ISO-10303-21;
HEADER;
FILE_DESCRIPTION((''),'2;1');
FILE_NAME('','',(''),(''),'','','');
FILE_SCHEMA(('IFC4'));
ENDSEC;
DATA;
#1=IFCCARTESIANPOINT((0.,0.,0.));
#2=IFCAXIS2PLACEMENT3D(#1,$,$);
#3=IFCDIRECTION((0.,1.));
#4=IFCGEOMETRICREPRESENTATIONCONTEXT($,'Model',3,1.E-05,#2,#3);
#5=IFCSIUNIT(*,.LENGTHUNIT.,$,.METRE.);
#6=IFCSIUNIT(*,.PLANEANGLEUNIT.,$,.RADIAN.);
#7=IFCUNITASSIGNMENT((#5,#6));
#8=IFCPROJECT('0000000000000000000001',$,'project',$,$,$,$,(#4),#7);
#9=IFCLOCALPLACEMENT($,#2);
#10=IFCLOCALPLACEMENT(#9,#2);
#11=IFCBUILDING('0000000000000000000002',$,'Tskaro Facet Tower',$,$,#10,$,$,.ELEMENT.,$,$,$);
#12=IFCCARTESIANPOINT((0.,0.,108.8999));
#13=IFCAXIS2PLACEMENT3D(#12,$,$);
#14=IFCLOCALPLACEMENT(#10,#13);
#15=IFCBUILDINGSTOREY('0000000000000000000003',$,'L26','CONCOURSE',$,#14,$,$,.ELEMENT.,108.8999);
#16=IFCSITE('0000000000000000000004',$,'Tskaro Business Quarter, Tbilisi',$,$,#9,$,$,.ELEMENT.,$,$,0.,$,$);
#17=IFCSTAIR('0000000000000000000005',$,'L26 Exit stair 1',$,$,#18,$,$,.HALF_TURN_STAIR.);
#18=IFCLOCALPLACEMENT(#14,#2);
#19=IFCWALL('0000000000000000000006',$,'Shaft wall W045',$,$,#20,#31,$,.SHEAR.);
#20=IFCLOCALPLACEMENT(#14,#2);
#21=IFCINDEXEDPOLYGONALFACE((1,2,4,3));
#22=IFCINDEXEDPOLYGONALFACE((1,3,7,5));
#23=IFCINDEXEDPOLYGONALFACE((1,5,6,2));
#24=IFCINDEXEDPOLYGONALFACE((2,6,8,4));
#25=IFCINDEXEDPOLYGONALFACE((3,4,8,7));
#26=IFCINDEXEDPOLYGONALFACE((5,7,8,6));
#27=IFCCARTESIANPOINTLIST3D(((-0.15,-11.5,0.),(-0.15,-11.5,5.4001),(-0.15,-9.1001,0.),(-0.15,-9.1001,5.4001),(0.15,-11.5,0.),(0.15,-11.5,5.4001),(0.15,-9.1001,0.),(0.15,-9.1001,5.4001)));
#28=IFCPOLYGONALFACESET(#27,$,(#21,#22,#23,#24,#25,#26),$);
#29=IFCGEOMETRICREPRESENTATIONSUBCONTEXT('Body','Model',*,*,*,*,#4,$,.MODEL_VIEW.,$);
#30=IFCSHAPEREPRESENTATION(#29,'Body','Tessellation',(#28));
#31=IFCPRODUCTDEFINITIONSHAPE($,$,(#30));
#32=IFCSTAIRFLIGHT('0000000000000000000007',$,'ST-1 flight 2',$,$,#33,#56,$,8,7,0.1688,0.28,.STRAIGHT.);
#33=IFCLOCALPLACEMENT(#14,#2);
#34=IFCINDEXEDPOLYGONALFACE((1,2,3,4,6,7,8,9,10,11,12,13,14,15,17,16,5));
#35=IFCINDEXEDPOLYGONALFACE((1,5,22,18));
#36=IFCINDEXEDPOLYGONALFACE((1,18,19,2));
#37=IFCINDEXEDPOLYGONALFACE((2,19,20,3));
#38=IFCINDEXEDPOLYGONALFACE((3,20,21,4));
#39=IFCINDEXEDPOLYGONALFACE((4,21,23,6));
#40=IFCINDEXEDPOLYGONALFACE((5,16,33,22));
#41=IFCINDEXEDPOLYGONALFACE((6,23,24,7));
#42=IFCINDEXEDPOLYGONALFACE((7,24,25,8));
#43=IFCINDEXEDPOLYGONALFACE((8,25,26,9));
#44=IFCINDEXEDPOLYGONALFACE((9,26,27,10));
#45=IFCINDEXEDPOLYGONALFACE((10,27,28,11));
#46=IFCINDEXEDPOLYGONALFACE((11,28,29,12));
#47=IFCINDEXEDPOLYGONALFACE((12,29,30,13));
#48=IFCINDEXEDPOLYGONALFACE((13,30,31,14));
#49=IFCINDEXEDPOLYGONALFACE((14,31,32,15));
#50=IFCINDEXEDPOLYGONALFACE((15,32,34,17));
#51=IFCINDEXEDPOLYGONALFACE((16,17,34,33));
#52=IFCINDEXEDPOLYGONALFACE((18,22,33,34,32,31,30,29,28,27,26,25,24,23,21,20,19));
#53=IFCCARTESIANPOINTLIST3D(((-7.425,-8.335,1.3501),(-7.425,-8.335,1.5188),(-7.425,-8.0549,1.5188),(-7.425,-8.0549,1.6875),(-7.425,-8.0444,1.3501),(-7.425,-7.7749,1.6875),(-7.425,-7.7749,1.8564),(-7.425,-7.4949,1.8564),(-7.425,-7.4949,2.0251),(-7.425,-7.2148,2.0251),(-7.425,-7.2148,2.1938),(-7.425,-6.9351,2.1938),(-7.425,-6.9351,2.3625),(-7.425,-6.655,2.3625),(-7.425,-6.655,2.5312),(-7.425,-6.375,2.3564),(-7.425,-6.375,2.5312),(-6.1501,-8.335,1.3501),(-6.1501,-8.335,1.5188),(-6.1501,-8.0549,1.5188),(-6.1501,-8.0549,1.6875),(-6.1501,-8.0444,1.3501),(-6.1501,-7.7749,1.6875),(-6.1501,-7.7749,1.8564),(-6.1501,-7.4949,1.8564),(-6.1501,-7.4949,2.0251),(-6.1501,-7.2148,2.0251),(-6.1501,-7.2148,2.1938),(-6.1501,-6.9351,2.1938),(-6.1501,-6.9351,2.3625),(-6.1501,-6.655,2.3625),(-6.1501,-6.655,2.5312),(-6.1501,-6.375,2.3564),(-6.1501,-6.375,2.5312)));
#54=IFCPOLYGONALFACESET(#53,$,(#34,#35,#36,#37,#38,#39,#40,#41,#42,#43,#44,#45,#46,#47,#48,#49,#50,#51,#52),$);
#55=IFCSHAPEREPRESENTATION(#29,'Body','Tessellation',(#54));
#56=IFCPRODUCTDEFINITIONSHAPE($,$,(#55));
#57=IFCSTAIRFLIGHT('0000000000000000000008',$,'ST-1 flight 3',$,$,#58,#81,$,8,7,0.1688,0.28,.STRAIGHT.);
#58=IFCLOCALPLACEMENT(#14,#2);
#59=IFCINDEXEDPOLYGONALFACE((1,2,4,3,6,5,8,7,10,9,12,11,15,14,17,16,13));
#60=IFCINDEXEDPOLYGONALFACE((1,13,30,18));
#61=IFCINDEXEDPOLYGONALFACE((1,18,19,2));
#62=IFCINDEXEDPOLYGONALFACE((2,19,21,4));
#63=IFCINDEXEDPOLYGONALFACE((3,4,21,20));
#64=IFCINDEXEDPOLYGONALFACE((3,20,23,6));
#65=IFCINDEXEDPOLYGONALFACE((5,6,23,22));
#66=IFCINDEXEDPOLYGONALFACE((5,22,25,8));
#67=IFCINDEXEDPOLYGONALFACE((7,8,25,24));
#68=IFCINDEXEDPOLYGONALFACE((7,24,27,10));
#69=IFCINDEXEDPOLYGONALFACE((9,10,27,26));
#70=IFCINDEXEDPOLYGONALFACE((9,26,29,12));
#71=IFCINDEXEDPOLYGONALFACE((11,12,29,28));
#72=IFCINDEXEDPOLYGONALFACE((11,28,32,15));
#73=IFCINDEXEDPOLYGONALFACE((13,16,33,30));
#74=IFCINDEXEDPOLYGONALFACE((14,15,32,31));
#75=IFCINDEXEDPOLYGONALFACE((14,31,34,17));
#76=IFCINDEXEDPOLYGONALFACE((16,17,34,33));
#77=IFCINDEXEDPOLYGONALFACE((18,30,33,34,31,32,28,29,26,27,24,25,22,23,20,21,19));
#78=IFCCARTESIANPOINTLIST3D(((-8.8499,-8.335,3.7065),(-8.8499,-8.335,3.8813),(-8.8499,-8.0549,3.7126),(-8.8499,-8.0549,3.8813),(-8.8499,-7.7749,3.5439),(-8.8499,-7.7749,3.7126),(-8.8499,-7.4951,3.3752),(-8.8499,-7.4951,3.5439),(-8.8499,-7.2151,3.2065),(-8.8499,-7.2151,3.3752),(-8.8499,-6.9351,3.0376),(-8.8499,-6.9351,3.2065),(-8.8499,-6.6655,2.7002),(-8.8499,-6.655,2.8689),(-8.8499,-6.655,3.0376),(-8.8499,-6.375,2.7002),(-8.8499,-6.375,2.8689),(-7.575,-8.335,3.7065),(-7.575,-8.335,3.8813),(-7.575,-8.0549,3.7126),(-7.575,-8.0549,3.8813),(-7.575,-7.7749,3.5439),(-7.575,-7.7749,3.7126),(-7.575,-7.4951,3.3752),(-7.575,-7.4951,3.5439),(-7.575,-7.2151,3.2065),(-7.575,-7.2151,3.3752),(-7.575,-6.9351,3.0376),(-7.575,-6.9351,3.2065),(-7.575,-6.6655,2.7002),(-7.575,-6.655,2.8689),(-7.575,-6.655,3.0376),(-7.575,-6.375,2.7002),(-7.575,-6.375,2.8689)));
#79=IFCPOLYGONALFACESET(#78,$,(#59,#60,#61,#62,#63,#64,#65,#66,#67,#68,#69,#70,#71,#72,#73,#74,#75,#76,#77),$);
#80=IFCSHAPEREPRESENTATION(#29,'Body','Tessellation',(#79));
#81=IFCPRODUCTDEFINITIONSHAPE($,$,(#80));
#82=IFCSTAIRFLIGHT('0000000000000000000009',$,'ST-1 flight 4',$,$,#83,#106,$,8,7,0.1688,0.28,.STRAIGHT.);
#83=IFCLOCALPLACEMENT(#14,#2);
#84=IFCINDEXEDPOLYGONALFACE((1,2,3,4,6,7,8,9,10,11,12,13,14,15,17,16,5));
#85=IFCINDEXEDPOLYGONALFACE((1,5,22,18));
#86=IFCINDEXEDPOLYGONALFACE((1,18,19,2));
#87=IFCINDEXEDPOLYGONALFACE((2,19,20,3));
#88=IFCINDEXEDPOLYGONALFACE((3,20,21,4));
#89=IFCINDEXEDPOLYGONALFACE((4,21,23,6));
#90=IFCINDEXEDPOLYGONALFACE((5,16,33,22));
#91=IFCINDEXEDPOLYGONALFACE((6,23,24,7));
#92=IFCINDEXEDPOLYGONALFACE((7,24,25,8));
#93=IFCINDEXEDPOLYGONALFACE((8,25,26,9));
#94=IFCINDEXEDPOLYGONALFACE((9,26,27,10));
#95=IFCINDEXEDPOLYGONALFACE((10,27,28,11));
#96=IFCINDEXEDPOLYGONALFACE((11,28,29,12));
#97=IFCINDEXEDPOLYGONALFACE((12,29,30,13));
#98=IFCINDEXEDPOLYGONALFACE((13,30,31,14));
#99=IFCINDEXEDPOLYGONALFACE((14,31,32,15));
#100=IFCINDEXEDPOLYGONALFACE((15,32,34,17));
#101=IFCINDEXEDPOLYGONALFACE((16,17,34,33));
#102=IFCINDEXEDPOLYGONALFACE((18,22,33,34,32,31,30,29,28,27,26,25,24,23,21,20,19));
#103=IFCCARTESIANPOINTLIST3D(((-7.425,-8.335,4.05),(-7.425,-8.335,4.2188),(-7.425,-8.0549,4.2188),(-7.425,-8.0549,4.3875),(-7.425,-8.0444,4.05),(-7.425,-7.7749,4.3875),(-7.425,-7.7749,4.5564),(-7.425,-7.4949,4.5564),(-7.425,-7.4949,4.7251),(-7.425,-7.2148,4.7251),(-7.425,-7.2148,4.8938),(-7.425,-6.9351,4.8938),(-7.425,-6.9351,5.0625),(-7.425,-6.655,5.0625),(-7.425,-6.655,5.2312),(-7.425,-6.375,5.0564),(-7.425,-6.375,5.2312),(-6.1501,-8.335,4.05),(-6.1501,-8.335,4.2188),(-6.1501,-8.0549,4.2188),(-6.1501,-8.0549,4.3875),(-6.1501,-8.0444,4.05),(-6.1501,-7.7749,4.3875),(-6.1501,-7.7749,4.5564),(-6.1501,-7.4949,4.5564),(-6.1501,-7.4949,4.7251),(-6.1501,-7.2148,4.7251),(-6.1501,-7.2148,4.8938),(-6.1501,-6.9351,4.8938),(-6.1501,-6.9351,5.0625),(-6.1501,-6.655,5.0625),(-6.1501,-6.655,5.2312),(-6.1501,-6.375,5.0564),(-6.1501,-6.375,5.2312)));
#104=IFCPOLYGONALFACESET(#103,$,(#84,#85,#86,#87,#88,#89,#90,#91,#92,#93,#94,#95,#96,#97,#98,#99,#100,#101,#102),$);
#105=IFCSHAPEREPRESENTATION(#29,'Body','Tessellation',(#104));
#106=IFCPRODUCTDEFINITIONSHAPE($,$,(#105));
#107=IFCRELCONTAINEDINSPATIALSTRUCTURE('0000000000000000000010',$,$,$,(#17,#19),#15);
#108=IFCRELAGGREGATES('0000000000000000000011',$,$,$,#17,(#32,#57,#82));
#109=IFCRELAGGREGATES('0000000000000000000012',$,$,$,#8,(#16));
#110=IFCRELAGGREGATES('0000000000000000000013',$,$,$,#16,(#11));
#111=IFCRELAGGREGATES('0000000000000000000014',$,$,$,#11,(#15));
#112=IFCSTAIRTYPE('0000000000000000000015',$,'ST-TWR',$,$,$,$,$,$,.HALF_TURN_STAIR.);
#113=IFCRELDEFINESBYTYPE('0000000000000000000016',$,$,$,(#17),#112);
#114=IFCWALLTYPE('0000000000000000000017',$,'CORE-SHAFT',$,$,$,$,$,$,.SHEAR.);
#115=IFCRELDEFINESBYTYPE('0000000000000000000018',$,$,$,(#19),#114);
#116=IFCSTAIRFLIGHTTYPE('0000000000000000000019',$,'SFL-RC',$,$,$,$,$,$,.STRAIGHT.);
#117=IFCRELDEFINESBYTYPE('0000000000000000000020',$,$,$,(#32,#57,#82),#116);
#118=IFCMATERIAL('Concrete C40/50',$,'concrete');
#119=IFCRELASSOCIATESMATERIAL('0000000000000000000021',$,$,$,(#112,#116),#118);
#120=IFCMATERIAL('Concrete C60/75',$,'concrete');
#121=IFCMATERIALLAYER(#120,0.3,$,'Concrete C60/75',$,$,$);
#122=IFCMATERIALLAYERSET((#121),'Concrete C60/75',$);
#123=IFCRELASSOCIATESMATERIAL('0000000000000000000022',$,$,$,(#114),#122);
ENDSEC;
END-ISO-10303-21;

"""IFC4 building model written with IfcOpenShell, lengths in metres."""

from ifc_helpers import new_model, si_unit, direction, frame, frame_2d, origin, place, context, subcontext, project, spatial, polyline, rectangle, outline, extrude, material, layer, layer_set, type_object, element, aggregate, save


model = new_model("IFC4")

# Units and contexts
model_context = context("Model", 3, precision=1e-05, world=origin(), true_north=direction((0.0, 1.0)))
body_context = subcontext(model_context, "Body", "Model", "MODEL_VIEW")
ifc_project = project(units=[si_unit("LENGTHUNIT", "METRE"), si_unit("PLANEANGLEUNIT", "RADIAN")], contexts=[model_context])

# Site, building, storey
site_placement = place(None, origin())
site = spatial("IfcSite", under=ifc_project, at=site_placement, Name="Tskaro Business Quarter, Tbilisi", CompositionType="ELEMENT", RefElevation=0.0)
building_placement = place(site_placement, origin())
building = spatial("IfcBuilding", under=site, at=building_placement, Name="Tskaro Facet Tower", CompositionType="ELEMENT")
storey_placement = place(building_placement, frame((0.0, 0.0, 108.8999)))
storey = spatial("IfcBuildingStorey", under=building, at=storey_placement, Name="L26", Description="CONCOURSE", CompositionType="ELEMENT", Elevation=108.8999)

# Stair
ifc_material_1 = material(Name="Concrete C40/50", Category="concrete")
stair_type = type_object("IfcStairType", Name="ST-TWR", PredefinedType="HALF_TURN_STAIR", material=ifc_material_1)
stair_1_placement = place(storey_placement, origin())
stair_1 = element("IfcStair", 1, at=stair_1_placement, inside=storey, type_object=stair_type, Name="L26 Exit stair 1", PredefinedType="HALF_TURN_STAIR")

# Shared definitions
ifc_material_2 = material(Name="Concrete C60/75", Category="concrete")

# Shared definitions
ifc_layer_1 = layer(ifc_material_2, 0.3, Name="Concrete C60/75")
ifc_layer_set_1 = layer_set([ifc_layer_1], Name="Concrete C60/75")
wall_type = type_object("IfcWallType", Name="CORE-SHAFT", PredefinedType="SHEAR", material=ifc_layer_set_1)

# Wall
wall_1_placement = place(storey_placement, frame((0.0, -11.5, 0.0), z_axis=(0.0, 0.0, 1.0), x_axis=(0.0, 1.0, 0.0)))
element("IfcWall", 2, at=wall_1_placement, inside=storey, type_object=wall_type, Name="Shaft wall W045", PredefinedType="SHEAR", context=body_context, shape_type="SweptSolid", body=[
    extrude(rectangle(XDim=2.3999, YDim=0.3, at=frame_2d((1.2, 0.0))), origin(), (0.0, 0.0, 1.0), 5.4001),
])

# Stair flights
stair_flight_type = type_object("IfcStairFlightType", Name="SFL-RC", PredefinedType="STRAIGHT", material=ifc_material_1)
stair_flight_1_placement = place(storey_placement, frame((-6.7876, -8.335, 1.3501), z_axis=(0.0, 0.0, 1.0), x_axis=(0.0, 1.0, 0.0)))
stair_flight_1 = element("IfcStairFlight", 3, at=stair_flight_1_placement, type_object=stair_flight_type, Name="ST-1 flight 2", NumberOfRisers=8, NumberOfTreads=7, PredefinedType="STRAIGHT", RiserHeight=0.1688, TreadLength=0.28, context=body_context, shape_type="SweptSolid", body=[
    extrude(outline(polyline([(0.0, 0.0), (0.0, 0.1687), (0.28, 0.1687), (0.28, 0.3374), (0.5601, 0.3374), (0.5601, 0.5063), (0.8401, 0.5063), (0.8401, 0.675), (1.1201, 0.675), (1.1201, 0.8438), (1.3999, 0.8438), (1.3999, 1.0125), (1.6799, 1.0125), (1.6799, 1.1812), (1.96, 1.1812), (1.96, 1.3501), (1.96, 1.0063), (0.2905, 0.0), (0.0, 0.0)])), frame((0.0, 0.6375, 0.0), z_axis=(0.0, -1.0, 0.0), x_axis=(1.0, 0.0, 0.0)), (0.0, 0.0, 1.0), 1.2749),
])
stair_flight_2_placement = place(storey_placement, frame((-8.2124, -6.375, 2.7002), z_axis=(0.0, 0.0, 1.0), x_axis=(0.0, -1.0, 0.0)))
stair_flight_2 = element("IfcStairFlight", 4, at=stair_flight_2_placement, type_object=stair_flight_type, Name="ST-1 flight 3", NumberOfRisers=8, NumberOfTreads=7, PredefinedType="STRAIGHT", RiserHeight=0.1688, TreadLength=0.28, context=body_context, shape_type="SweptSolid", body=[
    extrude(outline(polyline([(0.0, 0.0), (0.0, 0.1687), (0.28, 0.1687), (0.28, 0.3374), (0.5601, 0.3374), (0.5601, 0.5063), (0.8401, 0.5063), (0.8401, 0.675), (1.1201, 0.675), (1.1201, 0.8438), (1.3999, 0.8438), (1.3999, 1.0125), (1.6799, 1.0125), (1.6799, 1.1812), (1.96, 1.1812), (1.96, 1.3501), (1.96, 1.0063), (0.2905, 0.0), (0.0, 0.0)])), frame((0.0, 0.6375, 0.0), z_axis=(0.0, -1.0, 0.0), x_axis=(1.0, 0.0, 0.0)), (0.0, 0.0, 1.0), 1.2749),
])
stair_flight_3_placement = place(storey_placement, frame((-6.7876, -8.335, 4.05), z_axis=(0.0, 0.0, 1.0), x_axis=(0.0, 1.0, 0.0)))
stair_flight_3 = element("IfcStairFlight", 5, at=stair_flight_3_placement, type_object=stair_flight_type, Name="ST-1 flight 4", NumberOfRisers=8, NumberOfTreads=7, PredefinedType="STRAIGHT", RiserHeight=0.1688, TreadLength=0.28, context=body_context, shape_type="SweptSolid", body=[
    extrude(outline(polyline([(0.0, 0.0), (0.0, 0.1687), (0.28, 0.1687), (0.28, 0.3374), (0.5601, 0.3374), (0.5601, 0.5063), (0.8401, 0.5063), (0.8401, 0.675), (1.1201, 0.675), (1.1201, 0.8438), (1.3999, 0.8438), (1.3999, 1.0125), (1.6799, 1.0125), (1.6799, 1.1812), (1.96, 1.1812), (1.96, 1.3501), (1.96, 1.0063), (0.2905, 0.0), (0.0, 0.0)])), frame((0.0, 0.6375, 0.0), z_axis=(0.0, -1.0, 0.0), x_axis=(1.0, 0.0, 0.0)), (0.0, 0.0, 1.0), 1.2749),
])
aggregate(stair_1, [stair_flight_1, stair_flight_2, stair_flight_3])

save(model, "model.ifc")
